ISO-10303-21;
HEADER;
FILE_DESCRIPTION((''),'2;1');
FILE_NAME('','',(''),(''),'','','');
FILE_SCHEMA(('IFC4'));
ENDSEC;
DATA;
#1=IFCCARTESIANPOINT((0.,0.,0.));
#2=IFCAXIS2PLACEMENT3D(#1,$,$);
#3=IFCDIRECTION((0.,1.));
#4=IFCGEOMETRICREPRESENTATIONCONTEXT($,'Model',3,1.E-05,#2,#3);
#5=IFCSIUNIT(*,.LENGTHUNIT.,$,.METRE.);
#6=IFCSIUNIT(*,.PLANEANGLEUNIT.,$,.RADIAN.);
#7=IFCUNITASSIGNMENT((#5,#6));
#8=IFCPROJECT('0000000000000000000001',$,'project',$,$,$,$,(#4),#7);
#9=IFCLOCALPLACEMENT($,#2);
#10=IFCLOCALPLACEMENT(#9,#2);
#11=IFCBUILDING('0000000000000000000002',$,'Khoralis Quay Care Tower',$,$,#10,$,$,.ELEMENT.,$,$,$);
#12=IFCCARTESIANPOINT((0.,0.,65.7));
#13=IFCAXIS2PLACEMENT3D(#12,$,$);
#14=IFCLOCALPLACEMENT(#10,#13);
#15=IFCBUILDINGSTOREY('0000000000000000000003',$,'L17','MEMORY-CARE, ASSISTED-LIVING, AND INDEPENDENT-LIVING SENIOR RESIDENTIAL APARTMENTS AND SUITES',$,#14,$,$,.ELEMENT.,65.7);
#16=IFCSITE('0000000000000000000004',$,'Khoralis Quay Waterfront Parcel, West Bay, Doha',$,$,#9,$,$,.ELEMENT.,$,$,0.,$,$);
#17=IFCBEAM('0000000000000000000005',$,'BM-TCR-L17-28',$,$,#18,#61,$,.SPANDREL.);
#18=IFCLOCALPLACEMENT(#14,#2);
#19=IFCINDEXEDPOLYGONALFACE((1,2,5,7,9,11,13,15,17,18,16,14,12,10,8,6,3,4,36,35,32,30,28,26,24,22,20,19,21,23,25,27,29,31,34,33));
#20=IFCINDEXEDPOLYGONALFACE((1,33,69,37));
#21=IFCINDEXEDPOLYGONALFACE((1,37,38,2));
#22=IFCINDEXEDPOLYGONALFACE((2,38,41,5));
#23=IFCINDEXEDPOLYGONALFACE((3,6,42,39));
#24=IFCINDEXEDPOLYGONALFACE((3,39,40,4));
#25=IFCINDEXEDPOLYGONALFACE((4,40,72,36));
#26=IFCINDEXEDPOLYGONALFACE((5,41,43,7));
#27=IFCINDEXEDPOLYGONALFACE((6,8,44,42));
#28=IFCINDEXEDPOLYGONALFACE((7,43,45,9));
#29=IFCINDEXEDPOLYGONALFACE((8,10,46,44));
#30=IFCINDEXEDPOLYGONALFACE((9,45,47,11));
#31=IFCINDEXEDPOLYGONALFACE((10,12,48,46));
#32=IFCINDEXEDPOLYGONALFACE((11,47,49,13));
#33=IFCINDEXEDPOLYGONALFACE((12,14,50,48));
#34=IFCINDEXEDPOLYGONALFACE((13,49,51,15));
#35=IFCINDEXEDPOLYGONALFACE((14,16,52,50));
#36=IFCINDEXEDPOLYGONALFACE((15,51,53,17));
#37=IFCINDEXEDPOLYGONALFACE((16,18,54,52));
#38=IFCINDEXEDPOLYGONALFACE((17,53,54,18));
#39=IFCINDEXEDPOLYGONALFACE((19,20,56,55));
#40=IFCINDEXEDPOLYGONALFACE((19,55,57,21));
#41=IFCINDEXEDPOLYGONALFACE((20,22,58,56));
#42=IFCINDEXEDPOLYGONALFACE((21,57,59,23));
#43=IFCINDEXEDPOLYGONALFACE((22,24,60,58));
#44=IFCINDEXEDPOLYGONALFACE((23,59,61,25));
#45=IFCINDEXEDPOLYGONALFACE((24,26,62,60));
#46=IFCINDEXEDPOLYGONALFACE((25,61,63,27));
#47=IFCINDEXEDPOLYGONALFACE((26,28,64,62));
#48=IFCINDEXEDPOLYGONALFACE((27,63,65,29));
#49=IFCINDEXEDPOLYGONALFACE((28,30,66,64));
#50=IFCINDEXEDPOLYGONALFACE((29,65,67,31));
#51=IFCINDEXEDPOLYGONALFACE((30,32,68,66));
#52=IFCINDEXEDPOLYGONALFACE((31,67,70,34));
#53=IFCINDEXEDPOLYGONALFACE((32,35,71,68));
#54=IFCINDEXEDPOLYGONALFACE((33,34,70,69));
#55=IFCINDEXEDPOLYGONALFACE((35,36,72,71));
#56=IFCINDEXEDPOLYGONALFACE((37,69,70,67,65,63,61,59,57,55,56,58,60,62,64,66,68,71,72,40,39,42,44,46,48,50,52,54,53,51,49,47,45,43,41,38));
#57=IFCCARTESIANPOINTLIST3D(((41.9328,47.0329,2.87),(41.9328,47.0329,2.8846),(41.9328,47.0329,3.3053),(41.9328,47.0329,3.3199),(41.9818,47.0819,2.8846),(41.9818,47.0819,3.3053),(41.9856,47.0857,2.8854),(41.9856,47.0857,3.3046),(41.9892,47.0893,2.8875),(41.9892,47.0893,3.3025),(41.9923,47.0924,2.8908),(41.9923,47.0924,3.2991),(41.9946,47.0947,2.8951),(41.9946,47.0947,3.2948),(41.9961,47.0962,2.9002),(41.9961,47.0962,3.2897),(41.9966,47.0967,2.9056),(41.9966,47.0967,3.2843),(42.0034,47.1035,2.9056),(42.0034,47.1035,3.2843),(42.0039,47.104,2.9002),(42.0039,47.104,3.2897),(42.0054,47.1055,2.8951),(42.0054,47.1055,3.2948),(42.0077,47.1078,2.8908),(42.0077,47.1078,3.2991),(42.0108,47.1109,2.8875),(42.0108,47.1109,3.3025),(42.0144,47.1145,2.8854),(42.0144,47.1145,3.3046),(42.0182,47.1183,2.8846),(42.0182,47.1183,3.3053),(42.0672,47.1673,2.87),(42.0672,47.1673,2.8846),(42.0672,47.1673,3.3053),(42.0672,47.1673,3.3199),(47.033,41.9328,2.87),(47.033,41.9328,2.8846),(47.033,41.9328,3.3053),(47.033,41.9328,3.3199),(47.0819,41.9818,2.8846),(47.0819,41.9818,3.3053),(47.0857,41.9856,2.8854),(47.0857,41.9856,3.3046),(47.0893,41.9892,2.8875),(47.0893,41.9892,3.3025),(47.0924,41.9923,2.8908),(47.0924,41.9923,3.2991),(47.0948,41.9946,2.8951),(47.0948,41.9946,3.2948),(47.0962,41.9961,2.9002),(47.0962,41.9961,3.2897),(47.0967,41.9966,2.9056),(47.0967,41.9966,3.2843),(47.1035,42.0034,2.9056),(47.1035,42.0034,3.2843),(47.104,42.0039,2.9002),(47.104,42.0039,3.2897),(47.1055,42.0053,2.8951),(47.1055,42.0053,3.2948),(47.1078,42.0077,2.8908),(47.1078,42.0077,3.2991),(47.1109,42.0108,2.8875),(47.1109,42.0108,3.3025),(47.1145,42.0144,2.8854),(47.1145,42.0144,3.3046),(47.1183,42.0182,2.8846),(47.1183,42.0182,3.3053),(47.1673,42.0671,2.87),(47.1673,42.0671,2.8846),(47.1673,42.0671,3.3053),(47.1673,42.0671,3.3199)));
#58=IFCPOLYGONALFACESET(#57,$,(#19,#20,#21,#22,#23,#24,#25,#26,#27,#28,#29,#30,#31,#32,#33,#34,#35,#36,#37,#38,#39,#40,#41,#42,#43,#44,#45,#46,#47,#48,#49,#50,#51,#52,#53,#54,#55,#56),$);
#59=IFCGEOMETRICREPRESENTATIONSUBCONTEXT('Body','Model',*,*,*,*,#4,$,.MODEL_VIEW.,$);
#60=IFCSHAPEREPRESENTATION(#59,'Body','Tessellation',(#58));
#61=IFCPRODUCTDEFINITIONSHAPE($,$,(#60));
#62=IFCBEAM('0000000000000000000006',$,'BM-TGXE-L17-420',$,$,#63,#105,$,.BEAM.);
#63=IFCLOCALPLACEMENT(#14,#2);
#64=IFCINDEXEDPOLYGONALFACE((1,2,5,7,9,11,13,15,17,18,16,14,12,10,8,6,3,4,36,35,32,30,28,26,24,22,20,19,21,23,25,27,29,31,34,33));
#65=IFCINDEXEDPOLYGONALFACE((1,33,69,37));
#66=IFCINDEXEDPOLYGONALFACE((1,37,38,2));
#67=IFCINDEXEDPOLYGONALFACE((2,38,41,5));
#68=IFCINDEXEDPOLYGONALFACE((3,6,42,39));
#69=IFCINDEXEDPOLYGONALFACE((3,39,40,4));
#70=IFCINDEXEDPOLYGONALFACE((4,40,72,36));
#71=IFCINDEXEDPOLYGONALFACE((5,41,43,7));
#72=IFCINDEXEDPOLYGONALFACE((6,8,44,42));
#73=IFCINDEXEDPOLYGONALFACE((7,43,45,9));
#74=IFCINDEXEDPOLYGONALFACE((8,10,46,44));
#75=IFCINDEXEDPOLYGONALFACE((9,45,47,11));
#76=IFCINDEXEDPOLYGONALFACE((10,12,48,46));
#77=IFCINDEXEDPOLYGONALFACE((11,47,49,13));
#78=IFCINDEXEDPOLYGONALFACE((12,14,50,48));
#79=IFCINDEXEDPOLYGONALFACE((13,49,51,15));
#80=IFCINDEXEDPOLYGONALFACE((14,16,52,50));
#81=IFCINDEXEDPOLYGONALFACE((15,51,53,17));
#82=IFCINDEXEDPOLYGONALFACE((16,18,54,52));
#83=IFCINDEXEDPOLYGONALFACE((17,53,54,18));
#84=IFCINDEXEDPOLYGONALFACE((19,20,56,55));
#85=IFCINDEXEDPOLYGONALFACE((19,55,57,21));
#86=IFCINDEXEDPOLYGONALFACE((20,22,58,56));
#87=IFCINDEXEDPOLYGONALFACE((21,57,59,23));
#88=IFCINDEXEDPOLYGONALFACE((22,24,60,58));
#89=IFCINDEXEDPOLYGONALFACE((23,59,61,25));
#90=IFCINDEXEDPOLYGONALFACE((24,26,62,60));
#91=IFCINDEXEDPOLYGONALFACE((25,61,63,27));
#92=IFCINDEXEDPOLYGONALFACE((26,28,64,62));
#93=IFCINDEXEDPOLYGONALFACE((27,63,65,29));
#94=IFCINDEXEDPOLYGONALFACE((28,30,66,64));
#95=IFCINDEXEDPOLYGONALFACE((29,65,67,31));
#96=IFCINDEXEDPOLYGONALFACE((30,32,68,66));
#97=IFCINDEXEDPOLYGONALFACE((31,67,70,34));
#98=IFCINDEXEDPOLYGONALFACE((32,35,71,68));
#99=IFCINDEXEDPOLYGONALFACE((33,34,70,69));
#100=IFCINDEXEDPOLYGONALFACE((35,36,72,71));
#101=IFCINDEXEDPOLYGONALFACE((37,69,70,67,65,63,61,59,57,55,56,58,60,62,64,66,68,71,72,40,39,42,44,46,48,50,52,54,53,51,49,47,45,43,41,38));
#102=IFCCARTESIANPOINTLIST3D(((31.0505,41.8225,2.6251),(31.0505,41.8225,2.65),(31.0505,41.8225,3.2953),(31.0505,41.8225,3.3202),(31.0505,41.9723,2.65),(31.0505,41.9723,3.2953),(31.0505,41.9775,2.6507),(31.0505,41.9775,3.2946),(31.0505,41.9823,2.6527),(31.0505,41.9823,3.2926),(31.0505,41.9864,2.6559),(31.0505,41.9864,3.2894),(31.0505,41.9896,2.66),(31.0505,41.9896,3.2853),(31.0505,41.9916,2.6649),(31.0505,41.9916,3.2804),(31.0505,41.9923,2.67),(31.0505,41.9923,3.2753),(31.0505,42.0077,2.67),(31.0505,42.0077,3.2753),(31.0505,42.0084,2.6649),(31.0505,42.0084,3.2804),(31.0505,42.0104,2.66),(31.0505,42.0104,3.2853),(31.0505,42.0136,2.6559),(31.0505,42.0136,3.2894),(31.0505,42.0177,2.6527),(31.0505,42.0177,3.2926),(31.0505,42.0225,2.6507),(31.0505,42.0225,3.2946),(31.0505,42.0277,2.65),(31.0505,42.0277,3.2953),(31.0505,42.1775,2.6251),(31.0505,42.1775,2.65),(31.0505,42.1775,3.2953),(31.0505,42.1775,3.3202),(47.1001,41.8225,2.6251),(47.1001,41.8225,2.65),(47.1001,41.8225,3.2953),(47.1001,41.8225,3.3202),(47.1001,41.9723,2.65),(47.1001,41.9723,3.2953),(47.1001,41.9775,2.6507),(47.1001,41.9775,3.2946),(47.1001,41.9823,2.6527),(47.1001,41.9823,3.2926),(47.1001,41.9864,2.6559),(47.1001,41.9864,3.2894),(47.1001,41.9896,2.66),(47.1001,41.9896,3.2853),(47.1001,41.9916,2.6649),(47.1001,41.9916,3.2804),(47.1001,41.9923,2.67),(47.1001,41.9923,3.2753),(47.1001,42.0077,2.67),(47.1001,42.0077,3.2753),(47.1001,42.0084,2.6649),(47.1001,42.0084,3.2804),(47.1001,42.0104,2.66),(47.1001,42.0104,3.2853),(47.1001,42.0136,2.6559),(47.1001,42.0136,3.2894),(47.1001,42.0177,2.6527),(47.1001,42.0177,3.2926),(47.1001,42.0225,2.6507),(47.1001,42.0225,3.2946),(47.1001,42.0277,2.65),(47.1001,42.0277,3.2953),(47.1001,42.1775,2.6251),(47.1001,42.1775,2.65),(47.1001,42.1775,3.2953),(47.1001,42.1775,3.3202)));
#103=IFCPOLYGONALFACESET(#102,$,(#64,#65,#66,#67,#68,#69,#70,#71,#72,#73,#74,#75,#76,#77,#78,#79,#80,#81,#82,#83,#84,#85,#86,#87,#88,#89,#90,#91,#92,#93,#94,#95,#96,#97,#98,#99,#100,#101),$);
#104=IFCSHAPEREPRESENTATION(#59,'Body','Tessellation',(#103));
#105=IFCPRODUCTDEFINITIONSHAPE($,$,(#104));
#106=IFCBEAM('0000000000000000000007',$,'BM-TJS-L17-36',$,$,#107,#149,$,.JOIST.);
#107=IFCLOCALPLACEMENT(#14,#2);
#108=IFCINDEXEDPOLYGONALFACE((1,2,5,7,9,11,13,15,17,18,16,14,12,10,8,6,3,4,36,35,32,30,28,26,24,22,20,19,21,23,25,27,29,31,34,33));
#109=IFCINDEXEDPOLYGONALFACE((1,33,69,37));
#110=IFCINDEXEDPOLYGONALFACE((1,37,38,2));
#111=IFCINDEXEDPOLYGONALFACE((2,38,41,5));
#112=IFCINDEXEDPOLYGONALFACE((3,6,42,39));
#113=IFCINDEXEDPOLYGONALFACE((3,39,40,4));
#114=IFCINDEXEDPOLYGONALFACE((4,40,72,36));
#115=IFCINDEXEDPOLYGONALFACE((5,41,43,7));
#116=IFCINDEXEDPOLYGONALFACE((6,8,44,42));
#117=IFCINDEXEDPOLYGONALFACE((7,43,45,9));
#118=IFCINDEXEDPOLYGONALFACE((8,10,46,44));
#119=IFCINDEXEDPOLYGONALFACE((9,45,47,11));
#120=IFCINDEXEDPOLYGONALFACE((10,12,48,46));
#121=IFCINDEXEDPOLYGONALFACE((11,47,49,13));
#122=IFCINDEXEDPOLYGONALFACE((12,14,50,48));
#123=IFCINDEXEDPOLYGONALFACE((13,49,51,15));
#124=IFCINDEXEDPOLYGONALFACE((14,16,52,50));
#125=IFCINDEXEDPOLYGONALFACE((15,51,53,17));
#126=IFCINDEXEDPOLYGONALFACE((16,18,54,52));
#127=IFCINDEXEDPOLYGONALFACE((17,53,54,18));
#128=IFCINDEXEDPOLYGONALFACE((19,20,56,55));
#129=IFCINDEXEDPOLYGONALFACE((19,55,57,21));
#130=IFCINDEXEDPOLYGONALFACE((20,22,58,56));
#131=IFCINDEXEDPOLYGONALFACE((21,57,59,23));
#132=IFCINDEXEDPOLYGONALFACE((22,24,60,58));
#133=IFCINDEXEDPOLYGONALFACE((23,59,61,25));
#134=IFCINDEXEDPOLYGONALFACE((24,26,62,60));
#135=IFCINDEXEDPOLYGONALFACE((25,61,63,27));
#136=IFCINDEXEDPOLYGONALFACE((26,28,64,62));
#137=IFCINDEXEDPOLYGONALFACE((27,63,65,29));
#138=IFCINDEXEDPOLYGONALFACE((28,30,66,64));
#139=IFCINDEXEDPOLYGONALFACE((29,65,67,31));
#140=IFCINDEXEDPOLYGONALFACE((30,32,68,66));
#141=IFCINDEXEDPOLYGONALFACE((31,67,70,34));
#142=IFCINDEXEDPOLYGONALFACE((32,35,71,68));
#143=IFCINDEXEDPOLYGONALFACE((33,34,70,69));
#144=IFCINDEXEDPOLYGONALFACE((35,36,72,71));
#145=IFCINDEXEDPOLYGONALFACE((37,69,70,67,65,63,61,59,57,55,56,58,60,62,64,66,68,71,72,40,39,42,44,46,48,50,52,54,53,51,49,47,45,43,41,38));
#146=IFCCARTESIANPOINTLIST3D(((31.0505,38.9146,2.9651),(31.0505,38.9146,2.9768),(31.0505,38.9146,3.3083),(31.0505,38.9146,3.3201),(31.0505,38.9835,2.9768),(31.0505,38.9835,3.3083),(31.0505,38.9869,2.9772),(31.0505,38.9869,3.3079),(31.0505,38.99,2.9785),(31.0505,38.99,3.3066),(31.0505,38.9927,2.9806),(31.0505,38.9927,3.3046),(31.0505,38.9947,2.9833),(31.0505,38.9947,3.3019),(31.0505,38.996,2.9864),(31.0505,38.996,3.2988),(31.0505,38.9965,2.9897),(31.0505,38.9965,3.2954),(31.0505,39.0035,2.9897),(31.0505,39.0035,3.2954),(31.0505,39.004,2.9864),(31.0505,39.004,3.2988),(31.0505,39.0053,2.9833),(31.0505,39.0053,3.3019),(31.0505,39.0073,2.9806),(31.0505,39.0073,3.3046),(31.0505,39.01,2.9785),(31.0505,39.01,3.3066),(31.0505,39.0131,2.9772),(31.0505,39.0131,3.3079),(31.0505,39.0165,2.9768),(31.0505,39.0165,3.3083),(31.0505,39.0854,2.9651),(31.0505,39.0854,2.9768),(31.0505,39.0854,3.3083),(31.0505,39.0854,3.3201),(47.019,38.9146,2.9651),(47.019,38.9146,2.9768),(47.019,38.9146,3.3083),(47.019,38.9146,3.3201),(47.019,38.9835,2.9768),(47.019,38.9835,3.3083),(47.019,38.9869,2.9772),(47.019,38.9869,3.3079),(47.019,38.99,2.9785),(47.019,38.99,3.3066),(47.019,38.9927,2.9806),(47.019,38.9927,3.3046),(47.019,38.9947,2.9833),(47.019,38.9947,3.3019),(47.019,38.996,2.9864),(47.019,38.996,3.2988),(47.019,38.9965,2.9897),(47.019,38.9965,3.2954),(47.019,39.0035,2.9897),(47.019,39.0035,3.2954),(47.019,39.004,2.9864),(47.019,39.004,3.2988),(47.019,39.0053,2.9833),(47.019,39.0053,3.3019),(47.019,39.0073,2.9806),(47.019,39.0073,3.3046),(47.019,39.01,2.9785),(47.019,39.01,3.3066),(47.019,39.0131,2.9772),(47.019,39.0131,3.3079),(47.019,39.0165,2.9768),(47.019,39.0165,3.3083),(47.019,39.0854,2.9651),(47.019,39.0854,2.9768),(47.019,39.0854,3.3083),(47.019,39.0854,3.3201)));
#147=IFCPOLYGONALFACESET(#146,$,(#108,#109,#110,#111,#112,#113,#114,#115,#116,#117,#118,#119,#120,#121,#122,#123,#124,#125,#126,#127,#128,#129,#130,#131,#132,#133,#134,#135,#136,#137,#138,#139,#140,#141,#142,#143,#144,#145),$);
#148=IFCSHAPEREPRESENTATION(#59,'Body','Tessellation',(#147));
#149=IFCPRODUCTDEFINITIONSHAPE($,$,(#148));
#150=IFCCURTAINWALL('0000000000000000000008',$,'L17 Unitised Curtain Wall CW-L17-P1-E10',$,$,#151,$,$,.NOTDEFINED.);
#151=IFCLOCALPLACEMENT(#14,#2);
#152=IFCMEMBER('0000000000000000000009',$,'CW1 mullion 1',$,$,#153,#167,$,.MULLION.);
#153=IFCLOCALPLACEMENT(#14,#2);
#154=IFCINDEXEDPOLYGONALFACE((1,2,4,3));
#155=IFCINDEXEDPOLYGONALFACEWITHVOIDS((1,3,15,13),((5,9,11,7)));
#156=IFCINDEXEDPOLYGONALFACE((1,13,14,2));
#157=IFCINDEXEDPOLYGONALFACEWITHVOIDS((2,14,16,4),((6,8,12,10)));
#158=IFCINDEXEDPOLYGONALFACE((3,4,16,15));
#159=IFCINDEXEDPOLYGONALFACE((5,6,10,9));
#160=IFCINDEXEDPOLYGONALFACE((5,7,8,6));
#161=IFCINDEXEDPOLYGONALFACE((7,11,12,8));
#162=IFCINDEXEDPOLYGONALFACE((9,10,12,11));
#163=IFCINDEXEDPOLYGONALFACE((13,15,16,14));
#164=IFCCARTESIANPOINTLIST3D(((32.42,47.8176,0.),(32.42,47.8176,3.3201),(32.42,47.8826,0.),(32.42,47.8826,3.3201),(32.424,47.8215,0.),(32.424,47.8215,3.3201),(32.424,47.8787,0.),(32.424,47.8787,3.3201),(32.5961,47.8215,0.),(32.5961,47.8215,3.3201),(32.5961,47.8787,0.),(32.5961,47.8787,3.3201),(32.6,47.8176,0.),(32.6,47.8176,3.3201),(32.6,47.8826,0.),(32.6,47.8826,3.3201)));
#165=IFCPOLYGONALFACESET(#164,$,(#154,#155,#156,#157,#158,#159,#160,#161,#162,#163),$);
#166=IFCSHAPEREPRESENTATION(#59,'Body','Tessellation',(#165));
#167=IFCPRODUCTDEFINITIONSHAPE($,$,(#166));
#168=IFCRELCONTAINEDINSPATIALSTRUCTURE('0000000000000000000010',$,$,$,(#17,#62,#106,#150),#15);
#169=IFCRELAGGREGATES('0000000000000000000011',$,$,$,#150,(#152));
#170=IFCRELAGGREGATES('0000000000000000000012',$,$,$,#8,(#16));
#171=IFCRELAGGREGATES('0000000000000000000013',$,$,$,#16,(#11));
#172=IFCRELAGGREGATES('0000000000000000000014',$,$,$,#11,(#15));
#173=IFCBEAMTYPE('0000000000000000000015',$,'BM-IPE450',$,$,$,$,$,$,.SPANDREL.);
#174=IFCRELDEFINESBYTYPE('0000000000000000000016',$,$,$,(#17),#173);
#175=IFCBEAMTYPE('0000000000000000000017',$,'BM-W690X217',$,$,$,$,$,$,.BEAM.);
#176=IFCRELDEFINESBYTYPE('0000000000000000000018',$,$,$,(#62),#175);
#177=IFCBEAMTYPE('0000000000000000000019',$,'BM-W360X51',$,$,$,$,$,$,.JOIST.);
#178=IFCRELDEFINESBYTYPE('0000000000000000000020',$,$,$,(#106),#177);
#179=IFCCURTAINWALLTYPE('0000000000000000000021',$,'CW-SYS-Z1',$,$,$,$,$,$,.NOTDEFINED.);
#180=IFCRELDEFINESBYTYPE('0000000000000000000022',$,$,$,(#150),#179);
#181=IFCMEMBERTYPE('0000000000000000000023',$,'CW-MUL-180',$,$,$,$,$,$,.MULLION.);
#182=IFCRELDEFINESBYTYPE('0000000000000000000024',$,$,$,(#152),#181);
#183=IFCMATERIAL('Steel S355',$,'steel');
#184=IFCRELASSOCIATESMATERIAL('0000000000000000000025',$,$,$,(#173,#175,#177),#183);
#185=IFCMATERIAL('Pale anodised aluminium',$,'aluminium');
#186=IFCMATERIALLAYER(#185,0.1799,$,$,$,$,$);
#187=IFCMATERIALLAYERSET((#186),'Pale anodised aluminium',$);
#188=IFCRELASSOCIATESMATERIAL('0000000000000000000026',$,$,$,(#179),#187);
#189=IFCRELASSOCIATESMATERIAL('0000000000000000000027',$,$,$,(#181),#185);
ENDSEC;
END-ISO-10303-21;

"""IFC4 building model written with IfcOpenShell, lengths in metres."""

from ifc_helpers import new_model, si_unit, direction, frame, origin, origin_2d, place, context, subcontext, project, spatial, hollow_rectangle, i_section, extrude, source, transform, mapped, material, layer, layer_set, material_profile, profile_set, type_object, element, aggregate, save


model = new_model("IFC4")

# Units and contexts
model_context = context("Model", 3, precision=1e-05, world=origin(), true_north=direction((0.0, 1.0)))
body_context = subcontext(model_context, "Body", "Model", "MODEL_VIEW")
ifc_project = project(units=[si_unit("LENGTHUNIT", "METRE"), si_unit("PLANEANGLEUNIT", "RADIAN")], contexts=[model_context])

# Site, building, storey
site_placement = place(None, origin())
site = spatial("IfcSite", under=ifc_project, at=site_placement, Name="Khoralis Quay Waterfront Parcel, West Bay, Doha", CompositionType="ELEMENT", RefElevation=0.0)
building_placement = place(site_placement, origin())
building = spatial("IfcBuilding", under=site, at=building_placement, Name="Khoralis Quay Care Tower", CompositionType="ELEMENT")
storey_placement = place(building_placement, frame((0.0, 0.0, 65.7)))
storey = spatial("IfcBuildingStorey", under=building, at=storey_placement, Name="L17", Description="MEMORY-CARE, ASSISTED-LIVING, AND INDEPENDENT-LIVING SENIOR RESIDENTIAL APARTMENTS AND SUITES", CompositionType="ELEMENT", Elevation=65.7)

# Beams
ifc_material_1 = material(Name="Steel S355", Category="steel")
ifc_material_profile_1 = material_profile(ifc_material_1, i_section(OverallWidth=0.1899, OverallDepth=0.45, WebThickness=0.0095, FlangeThickness=0.0146, FilletRadius=0.021, at=origin_2d()), Name="Steel S355")
ifc_profile_set_1 = profile_set([ifc_material_profile_1], Name="Steel S355")
beam_type_1 = type_object("IfcBeamType", Name="BM-IPE450", PredefinedType="SPANDREL", material=ifc_profile_set_1)
shared_shape_1 = source(origin(), body_context, "Body", "SweptSolid", [
    extrude(i_section(OverallWidth=0.1899, OverallDepth=0.45, WebThickness=0.0095, FlangeThickness=0.0146, FilletRadius=0.021, at=origin_2d()), origin(), (0.0, 0.0, 1.0), 7.2126),
])
beam_1_placement = place(storey_placement, frame((42.0, 47.1001, 3.095), z_axis=(0.707107, -0.707107, 0.0), x_axis=(0.707107, 0.707107, 0.0)))
element("IfcBeam", 1, at=beam_1_placement, inside=storey, type_object=beam_type_1, Name="BM-TCR-L17-28", PredefinedType="SPANDREL", context=body_context, shape_type="MappedRepresentation", body=[
    mapped(shared_shape_1, transform((0.0, 0.0, 0.0), scale=1.0)),
])
ifc_material_profile_2 = material_profile(ifc_material_1, i_section(OverallWidth=0.355, OverallDepth=0.6951, WebThickness=0.0154, FlangeThickness=0.0249, FilletRadius=0.02, at=origin_2d()), Name="Steel S355")
ifc_profile_set_2 = profile_set([ifc_material_profile_2], Name="Steel S355")
beam_type_2 = type_object("IfcBeamType", Name="BM-W690X217", PredefinedType="BEAM", material=ifc_profile_set_2)
shared_shape_2 = source(origin(), body_context, "Body", "SweptSolid", [
    extrude(i_section(OverallWidth=0.355, OverallDepth=0.6951, WebThickness=0.0154, FlangeThickness=0.0249, FilletRadius=0.02, at=origin_2d()), origin(), (0.0, 0.0, 1.0), 16.0496),
])
beam_2_placement = place(storey_placement, frame((31.0505, 42.0, 2.9727), z_axis=(1.0, 0.0, 0.0), x_axis=(0.0, 1.0, 0.0)))
element("IfcBeam", 2, at=beam_2_placement, inside=storey, type_object=beam_type_2, Name="BM-TGXE-L17-420", PredefinedType="BEAM", context=body_context, shape_type="MappedRepresentation", body=[
    mapped(shared_shape_2, transform((0.0, 0.0, 0.0), scale=1.0)),
])
ifc_material_profile_3 = material_profile(ifc_material_1, i_section(OverallWidth=0.1709, OverallDepth=0.355, WebThickness=0.0071, FlangeThickness=0.0117, FilletRadius=0.0129, at=origin_2d()), Name="Steel S355")
ifc_profile_set_3 = profile_set([ifc_material_profile_3], Name="Steel S355")
beam_type_3 = type_object("IfcBeamType", Name="BM-W360X51", PredefinedType="JOIST", material=ifc_profile_set_3)
shared_shape_3 = source(origin(), body_context, "Body", "SweptSolid", [
    extrude(i_section(OverallWidth=0.1709, OverallDepth=0.355, WebThickness=0.0071, FlangeThickness=0.0117, FilletRadius=0.0129, at=origin_2d()), origin(), (0.0, 0.0, 1.0), 15.9685),
])
beam_3_placement = place(storey_placement, frame((31.0505, 39.0, 3.1426), z_axis=(1.0, 0.0, 0.0), x_axis=(0.0, 1.0, 0.0)))
element("IfcBeam", 3, at=beam_3_placement, inside=storey, type_object=beam_type_3, Name="BM-TJS-L17-36", PredefinedType="JOIST", context=body_context, shape_type="MappedRepresentation", body=[
    mapped(shared_shape_3, transform((0.0, 0.0, 0.0), scale=1.0)),
])

# Curtain wall, member
ifc_material_2 = material(Name="Pale anodised aluminium", Category="aluminium")
ifc_layer_1 = layer(ifc_material_2, 0.1799)
ifc_layer_set_1 = layer_set([ifc_layer_1], Name="Pale anodised aluminium")
curtain_wall_type = type_object("IfcCurtainWallType", Name="CW-SYS-Z1", PredefinedType="NOTDEFINED", material=ifc_layer_set_1)
curtain_wall_placement = place(storey_placement, origin())
curtain_wall = element("IfcCurtainWall", 4, at=curtain_wall_placement, inside=storey, type_object=curtain_wall_type, Name="L17 Unitised Curtain Wall CW-L17-P1-E10", PredefinedType="NOTDEFINED")
ifc_material_profile_4 = material_profile(ifc_material_2, hollow_rectangle(XDim=0.0649, YDim=0.1799, WallThickness=0.0039, at=origin_2d()), Name="Pale anodised aluminium")
ifc_profile_set_4 = profile_set([ifc_material_profile_4], Name="Pale anodised aluminium")
member_type_1 = type_object("IfcMemberType", Name="CW-MUL-180", PredefinedType="MULLION", material=ifc_profile_set_4)
shared_shape_4 = source(origin(), body_context, "Body", "SweptSolid", [
    extrude(hollow_rectangle(XDim=0.0649, YDim=0.1799, WallThickness=0.0039, at=origin_2d()), origin(), (0.0, 0.0, 1.0), 3.3201),
])
member_1_placement = place(storey_placement, frame((32.51, 47.8501, 0.0), z_axis=(0.0, 0.0, 1.0), x_axis=(0.0, -1.0, 0.0)))
member_1 = element("IfcMember", 5, at=member_1_placement, type_object=member_type_1, Name="CW1 mullion 1", PredefinedType="MULLION", context=body_context, shape_type="MappedRepresentation", body=[
    mapped(shared_shape_4, transform((0.0, 0.0, 0.0), scale=1.0)),
])

aggregate(curtain_wall, [member_1])

save(model, "model.ifc")
